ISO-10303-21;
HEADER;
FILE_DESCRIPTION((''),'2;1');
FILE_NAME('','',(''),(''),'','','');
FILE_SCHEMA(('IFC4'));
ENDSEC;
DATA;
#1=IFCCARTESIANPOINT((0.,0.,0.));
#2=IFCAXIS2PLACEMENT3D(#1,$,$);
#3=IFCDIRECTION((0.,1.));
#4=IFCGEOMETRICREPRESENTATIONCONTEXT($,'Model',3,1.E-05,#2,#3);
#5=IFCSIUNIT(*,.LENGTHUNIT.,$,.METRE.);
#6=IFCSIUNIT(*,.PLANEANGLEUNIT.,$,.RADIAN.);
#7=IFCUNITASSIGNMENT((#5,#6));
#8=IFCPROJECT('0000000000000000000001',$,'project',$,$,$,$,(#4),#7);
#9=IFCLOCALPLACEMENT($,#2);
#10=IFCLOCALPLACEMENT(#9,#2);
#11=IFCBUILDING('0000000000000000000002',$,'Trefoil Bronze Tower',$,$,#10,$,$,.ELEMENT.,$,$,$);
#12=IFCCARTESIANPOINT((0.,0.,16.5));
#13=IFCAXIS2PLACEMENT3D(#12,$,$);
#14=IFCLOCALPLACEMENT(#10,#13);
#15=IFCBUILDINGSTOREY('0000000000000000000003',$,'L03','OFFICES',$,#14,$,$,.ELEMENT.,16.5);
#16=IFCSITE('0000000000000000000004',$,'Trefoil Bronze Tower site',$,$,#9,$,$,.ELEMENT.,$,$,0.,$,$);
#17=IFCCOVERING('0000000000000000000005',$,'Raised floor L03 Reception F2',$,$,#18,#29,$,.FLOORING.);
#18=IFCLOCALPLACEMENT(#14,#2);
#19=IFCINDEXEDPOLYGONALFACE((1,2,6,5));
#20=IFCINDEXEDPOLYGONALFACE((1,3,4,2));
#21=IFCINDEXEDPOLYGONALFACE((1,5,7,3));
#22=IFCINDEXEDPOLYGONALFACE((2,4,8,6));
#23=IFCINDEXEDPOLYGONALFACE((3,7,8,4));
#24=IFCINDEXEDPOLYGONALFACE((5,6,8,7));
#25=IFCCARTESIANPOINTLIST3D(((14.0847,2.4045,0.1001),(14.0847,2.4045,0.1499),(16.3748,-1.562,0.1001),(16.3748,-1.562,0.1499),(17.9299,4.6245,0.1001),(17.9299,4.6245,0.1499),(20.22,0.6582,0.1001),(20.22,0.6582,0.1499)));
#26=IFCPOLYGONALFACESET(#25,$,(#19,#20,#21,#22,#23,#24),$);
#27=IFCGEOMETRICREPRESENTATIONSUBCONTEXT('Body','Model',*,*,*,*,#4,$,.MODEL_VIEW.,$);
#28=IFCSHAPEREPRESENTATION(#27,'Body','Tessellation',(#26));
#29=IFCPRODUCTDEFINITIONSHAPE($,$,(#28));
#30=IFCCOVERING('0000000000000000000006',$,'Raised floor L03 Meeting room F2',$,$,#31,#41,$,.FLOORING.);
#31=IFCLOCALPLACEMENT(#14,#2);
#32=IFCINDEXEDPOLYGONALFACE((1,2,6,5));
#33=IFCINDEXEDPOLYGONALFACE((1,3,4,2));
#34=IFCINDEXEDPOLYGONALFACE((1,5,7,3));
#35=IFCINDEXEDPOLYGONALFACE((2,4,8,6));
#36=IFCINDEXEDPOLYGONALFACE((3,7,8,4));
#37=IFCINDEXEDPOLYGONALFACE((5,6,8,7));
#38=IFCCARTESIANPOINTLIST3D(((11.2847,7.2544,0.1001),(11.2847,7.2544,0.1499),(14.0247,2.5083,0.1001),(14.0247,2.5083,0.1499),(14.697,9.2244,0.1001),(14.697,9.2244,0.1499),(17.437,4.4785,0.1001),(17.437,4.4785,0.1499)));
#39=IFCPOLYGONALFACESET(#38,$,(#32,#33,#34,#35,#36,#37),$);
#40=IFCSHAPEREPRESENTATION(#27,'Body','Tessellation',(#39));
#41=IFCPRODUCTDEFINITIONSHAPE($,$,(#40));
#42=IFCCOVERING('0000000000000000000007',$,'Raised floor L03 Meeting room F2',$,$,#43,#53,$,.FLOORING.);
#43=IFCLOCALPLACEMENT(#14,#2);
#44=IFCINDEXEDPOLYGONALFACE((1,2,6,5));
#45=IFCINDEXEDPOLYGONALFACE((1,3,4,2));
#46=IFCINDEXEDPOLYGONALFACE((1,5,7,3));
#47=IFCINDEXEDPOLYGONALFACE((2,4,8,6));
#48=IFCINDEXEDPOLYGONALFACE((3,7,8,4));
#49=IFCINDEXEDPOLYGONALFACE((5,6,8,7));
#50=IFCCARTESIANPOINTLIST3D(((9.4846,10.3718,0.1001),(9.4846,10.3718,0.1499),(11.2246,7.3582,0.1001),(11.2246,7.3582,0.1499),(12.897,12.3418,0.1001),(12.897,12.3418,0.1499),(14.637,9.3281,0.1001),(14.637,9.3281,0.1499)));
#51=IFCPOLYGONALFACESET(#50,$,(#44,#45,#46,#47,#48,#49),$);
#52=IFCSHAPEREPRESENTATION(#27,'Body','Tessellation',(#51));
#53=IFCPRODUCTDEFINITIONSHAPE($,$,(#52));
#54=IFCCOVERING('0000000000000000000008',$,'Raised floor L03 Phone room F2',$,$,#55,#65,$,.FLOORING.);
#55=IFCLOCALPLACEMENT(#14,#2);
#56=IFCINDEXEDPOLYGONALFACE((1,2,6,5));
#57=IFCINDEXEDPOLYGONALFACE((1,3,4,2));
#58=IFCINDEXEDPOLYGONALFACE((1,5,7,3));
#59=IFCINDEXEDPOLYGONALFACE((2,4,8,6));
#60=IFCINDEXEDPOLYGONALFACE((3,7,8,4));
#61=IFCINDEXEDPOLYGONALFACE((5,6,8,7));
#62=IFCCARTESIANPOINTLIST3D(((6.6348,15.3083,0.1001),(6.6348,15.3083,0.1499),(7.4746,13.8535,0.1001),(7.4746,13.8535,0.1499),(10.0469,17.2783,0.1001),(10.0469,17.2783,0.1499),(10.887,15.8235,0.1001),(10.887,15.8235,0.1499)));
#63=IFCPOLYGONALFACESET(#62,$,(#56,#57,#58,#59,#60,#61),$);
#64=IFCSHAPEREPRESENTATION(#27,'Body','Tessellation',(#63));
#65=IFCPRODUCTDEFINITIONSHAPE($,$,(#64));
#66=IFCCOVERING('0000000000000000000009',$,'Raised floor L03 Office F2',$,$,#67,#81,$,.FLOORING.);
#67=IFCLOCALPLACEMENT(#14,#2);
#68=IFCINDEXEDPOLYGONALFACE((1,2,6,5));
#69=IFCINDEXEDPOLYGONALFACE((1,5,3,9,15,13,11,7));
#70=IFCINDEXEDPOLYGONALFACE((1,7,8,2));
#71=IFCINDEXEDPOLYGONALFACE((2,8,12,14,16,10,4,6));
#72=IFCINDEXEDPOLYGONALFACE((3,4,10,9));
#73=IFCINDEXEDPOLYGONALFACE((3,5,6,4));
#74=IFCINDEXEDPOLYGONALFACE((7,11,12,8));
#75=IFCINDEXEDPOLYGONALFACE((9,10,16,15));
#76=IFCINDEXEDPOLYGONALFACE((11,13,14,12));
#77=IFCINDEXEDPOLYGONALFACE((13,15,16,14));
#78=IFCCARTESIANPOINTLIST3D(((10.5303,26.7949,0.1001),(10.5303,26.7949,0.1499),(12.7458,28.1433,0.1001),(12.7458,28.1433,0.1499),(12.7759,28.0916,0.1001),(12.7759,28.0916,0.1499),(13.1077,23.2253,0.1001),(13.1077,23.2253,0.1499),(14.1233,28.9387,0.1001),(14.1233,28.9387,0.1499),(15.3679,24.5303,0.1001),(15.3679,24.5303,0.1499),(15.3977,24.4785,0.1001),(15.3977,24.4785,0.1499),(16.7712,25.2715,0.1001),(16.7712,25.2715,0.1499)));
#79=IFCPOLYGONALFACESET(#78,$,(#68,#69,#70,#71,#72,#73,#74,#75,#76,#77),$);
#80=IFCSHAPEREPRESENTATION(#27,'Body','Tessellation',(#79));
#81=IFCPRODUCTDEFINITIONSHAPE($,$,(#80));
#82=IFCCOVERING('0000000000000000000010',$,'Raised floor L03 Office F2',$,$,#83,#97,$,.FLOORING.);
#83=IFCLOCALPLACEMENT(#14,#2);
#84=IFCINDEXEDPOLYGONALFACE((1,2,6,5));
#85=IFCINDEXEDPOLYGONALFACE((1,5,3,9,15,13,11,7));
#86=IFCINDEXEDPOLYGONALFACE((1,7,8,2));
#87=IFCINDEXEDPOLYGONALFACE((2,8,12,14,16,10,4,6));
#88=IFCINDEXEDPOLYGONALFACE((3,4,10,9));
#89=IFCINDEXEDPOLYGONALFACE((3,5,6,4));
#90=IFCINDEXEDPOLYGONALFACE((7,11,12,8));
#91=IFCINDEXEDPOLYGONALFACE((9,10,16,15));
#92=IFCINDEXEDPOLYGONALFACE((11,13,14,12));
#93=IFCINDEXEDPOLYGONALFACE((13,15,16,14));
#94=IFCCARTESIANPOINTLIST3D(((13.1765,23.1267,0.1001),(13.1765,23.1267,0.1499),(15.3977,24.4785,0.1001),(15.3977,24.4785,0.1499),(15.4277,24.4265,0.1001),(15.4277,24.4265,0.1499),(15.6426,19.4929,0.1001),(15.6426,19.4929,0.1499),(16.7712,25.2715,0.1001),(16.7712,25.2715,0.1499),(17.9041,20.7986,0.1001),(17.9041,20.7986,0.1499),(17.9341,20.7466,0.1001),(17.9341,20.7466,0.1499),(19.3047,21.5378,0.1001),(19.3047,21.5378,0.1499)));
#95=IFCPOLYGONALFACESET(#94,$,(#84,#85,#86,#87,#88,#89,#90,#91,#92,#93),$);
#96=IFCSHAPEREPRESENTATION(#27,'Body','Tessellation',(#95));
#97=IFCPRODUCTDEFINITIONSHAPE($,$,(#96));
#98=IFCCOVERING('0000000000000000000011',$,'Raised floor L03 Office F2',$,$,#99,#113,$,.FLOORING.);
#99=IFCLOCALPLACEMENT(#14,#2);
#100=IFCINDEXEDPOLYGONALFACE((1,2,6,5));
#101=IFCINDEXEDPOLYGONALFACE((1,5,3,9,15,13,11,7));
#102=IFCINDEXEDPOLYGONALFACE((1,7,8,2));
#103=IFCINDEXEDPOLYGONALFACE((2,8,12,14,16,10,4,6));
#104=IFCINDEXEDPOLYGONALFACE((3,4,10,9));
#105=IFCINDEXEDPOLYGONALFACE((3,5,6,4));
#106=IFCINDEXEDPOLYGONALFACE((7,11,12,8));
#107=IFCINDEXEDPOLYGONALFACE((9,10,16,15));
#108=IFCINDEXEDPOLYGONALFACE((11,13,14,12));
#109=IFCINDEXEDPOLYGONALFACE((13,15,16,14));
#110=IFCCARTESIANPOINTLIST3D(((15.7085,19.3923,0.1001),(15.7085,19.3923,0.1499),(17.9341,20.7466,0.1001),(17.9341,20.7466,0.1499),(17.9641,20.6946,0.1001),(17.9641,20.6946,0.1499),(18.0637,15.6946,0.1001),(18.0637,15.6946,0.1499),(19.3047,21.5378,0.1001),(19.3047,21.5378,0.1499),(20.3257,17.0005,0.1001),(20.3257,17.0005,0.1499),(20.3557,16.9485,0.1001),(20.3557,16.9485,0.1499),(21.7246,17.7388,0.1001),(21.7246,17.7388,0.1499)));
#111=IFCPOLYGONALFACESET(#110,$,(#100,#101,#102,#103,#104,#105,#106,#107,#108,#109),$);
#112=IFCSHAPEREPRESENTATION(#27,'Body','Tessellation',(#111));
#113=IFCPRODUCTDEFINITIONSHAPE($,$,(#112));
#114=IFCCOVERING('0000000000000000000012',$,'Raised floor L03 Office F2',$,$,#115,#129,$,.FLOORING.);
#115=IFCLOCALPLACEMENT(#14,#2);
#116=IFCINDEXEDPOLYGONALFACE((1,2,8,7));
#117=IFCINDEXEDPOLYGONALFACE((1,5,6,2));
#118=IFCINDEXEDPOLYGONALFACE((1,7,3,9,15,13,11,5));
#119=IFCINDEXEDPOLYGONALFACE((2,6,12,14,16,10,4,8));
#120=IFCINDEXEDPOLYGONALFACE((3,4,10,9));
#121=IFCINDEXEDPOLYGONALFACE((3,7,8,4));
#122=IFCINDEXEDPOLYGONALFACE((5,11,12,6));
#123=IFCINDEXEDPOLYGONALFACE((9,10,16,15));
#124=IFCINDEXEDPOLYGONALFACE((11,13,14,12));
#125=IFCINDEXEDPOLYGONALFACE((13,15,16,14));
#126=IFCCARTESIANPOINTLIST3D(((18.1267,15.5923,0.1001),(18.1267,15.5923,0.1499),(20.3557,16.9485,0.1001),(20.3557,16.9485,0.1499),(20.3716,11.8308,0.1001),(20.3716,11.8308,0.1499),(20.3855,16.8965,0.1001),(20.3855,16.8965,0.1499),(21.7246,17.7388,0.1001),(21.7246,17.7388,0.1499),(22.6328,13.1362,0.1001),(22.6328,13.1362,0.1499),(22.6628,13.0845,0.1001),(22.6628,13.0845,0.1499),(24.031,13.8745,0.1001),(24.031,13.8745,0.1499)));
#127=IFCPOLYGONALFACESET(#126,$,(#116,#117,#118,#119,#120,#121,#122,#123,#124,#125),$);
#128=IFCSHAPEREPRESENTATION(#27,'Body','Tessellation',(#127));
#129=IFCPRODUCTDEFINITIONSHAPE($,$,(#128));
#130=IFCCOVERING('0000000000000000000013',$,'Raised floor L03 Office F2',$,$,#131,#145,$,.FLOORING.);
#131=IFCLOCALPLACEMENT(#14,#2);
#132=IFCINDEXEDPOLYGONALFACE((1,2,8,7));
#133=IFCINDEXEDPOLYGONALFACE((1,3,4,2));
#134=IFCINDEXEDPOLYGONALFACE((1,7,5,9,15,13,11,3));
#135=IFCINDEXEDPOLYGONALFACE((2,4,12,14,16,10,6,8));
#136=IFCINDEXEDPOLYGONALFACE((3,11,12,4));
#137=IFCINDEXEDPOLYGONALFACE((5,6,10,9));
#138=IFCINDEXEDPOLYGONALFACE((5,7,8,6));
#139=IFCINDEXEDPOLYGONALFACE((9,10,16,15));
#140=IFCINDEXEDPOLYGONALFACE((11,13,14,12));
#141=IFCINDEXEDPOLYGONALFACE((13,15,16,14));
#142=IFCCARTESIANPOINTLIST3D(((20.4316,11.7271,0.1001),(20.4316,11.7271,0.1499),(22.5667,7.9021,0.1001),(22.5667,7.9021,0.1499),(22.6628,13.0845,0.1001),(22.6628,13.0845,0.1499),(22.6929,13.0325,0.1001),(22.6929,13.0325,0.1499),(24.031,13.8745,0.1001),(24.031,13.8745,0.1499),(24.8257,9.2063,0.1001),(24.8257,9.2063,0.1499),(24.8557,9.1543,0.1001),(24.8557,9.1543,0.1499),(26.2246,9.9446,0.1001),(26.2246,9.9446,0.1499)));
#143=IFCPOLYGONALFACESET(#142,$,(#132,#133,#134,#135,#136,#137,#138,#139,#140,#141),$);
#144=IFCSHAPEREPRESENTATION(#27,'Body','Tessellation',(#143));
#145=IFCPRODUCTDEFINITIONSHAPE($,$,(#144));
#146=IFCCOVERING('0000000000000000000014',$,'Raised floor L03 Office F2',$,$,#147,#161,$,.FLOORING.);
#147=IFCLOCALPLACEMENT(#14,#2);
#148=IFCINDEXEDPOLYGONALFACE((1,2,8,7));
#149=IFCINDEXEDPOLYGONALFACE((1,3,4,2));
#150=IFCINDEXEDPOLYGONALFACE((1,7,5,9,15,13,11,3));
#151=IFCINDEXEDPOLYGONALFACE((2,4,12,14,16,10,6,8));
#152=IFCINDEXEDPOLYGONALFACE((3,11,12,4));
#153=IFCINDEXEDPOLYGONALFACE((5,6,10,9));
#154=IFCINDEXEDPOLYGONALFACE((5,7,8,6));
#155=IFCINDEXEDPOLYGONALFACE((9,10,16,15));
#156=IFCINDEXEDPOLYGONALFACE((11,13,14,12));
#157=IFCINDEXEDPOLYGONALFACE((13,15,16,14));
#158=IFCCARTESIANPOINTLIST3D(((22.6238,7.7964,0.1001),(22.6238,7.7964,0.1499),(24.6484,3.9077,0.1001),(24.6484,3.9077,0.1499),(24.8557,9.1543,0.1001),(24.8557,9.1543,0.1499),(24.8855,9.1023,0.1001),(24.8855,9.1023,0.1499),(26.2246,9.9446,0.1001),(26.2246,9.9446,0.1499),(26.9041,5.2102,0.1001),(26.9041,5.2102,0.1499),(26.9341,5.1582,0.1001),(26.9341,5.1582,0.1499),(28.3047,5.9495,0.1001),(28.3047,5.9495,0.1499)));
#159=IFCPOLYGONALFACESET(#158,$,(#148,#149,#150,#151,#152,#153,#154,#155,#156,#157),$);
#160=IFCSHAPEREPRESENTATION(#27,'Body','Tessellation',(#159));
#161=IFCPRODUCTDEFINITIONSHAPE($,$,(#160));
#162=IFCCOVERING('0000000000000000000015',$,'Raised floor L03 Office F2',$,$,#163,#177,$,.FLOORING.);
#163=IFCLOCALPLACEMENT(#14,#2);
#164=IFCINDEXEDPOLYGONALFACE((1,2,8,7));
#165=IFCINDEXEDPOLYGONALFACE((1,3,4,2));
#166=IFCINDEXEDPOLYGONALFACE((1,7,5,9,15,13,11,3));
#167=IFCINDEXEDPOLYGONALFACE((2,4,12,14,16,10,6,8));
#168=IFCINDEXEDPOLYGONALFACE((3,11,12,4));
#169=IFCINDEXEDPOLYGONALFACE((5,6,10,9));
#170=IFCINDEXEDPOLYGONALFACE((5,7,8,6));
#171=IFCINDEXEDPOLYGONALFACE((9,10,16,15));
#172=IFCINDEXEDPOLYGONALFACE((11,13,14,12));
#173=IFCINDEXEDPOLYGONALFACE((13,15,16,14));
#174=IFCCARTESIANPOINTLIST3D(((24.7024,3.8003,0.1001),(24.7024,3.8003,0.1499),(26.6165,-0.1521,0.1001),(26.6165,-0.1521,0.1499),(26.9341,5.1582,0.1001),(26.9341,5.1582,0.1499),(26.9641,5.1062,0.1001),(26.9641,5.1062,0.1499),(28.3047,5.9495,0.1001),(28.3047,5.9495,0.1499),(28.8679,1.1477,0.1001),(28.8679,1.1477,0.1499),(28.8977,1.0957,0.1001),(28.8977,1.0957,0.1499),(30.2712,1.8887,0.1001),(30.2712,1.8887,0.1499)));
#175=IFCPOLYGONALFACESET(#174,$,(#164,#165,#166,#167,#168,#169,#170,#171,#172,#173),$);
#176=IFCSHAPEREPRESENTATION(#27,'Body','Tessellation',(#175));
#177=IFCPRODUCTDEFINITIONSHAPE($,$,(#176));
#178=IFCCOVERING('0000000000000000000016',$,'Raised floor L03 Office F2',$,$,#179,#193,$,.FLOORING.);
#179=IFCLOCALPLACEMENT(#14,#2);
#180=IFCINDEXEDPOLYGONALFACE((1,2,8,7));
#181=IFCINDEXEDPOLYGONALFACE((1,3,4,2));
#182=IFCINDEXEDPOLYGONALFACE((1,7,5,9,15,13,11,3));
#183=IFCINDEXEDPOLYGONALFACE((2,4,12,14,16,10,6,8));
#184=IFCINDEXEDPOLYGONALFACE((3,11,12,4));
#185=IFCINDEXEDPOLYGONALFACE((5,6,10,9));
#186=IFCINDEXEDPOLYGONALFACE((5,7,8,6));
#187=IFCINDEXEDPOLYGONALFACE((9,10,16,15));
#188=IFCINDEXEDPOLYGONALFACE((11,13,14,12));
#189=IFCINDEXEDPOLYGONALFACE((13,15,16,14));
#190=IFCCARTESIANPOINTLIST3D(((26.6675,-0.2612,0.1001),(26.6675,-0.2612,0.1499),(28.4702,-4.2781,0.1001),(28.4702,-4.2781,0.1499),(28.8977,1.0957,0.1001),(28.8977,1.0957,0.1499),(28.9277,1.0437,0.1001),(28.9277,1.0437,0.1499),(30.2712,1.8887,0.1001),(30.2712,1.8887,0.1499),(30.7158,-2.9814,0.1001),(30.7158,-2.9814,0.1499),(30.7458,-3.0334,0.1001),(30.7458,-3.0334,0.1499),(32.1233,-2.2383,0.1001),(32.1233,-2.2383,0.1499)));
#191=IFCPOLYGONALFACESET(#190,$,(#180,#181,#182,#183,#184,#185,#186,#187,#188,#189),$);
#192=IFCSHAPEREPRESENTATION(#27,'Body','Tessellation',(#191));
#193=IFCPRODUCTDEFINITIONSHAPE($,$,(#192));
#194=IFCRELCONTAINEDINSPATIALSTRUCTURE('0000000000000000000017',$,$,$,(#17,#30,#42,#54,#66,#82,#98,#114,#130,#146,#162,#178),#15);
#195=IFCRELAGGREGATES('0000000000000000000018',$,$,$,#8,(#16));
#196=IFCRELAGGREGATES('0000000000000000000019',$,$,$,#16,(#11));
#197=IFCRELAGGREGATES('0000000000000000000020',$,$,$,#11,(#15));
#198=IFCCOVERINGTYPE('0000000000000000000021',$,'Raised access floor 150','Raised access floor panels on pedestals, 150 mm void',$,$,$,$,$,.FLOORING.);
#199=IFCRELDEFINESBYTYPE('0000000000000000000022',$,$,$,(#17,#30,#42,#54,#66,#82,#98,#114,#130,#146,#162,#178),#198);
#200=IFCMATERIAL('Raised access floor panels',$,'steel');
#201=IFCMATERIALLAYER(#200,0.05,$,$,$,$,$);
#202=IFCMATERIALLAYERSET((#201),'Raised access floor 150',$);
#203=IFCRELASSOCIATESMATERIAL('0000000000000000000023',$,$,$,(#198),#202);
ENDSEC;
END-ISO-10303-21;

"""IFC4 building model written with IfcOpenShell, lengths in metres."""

from ifc_helpers import new_model, si_unit, direction, frame, origin, place, context, subcontext, project, spatial, polyline, outline, extrude, material, layer, layer_set, type_object, element, save


model = new_model("IFC4")

# Units and contexts
model_context = context("Model", 3, precision=1e-05, world=origin(), true_north=direction((0.0, 1.0)))
body_context = subcontext(model_context, "Body", "Model", "MODEL_VIEW")
ifc_project = project(units=[si_unit("LENGTHUNIT", "METRE"), si_unit("PLANEANGLEUNIT", "RADIAN")], contexts=[model_context])

# Site, building, storey
site_placement = place(None, origin())
site = spatial("IfcSite", under=ifc_project, at=site_placement, Name="Trefoil Bronze Tower site", CompositionType="ELEMENT", RefElevation=0.0)
building_placement = place(site_placement, origin())
building = spatial("IfcBuilding", under=site, at=building_placement, Name="Trefoil Bronze Tower", CompositionType="ELEMENT")
storey_placement = place(building_placement, frame((0.0, 0.0, 16.5)))
storey = spatial("IfcBuildingStorey", under=building, at=storey_placement, Name="L03", Description="OFFICES", CompositionType="ELEMENT", Elevation=16.5)

# Coverings
ifc_material_1 = material(Name="Raised access floor panels", Category="steel")
ifc_layer_1 = layer(ifc_material_1, 0.05)
ifc_layer_set_1 = layer_set([ifc_layer_1], Name="Raised access floor 150")
covering_type_1 = type_object("IfcCoveringType", Name="Raised access floor 150", Description="Raised access floor panels on pedestals, 150 mm void", PredefinedType="FLOORING", material=ifc_layer_set_1)
covering_1_placement = place(storey_placement, frame((0.0, 0.0, 0.1001)))
element("IfcCovering", 1, at=covering_1_placement, inside=storey, type_object=covering_type_1, Name="Raised floor L03 Reception F2", PredefinedType="FLOORING", context=body_context, shape_type="SweptSolid", body=[
    extrude(outline(polyline([(14.0847, 2.4045), (17.9299, 4.6245), (20.22, 0.6582), (16.3748, -1.562), (14.0847, 2.4045)])), origin(), (0.0, 0.0, 1.0), 0.0498),
])
covering_2_placement = place(storey_placement, frame((0.0, 0.0, 0.1001)))
element("IfcCovering", 2, at=covering_2_placement, inside=storey, type_object=covering_type_1, Name="Raised floor L03 Meeting room F2", PredefinedType="FLOORING", context=body_context, shape_type="SweptSolid", body=[
    extrude(outline(polyline([(11.2847, 7.2544), (14.697, 9.2244), (17.437, 4.4785), (14.0247, 2.5083), (11.2847, 7.2544)])), origin(), (0.0, 0.0, 1.0), 0.0498),
])
covering_3_placement = place(storey_placement, frame((0.0, 0.0, 0.1001)))
element("IfcCovering", 3, at=covering_3_placement, inside=storey, type_object=covering_type_1, Name="Raised floor L03 Meeting room F2", PredefinedType="FLOORING", context=body_context, shape_type="SweptSolid", body=[
    extrude(outline(polyline([(9.4846, 10.3718), (12.897, 12.3418), (14.637, 9.3281), (11.2246, 7.3582), (9.4846, 10.3718)])), origin(), (0.0, 0.0, 1.0), 0.0498),
])
covering_4_placement = place(storey_placement, frame((0.0, 0.0, 0.1001)))
element("IfcCovering", 4, at=covering_4_placement, inside=storey, type_object=covering_type_1, Name="Raised floor L03 Phone room F2", PredefinedType="FLOORING", context=body_context, shape_type="SweptSolid", body=[
    extrude(outline(polyline([(6.6348, 15.3083), (10.0469, 17.2783), (10.887, 15.8235), (7.4746, 13.8535), (6.6348, 15.3083)])), origin(), (0.0, 0.0, 1.0), 0.0498),
])
covering_5_placement = place(storey_placement, frame((0.0, 0.0, 0.1001)))
element("IfcCovering", 5, at=covering_5_placement, inside=storey, type_object=covering_type_1, Name="Raised floor L03 Office F2", PredefinedType="FLOORING", context=body_context, shape_type="SweptSolid", body=[
    extrude(outline(polyline([(16.7712, 25.2715), (15.3977, 24.4785), (15.3679, 24.5303), (13.1077, 23.2253), (10.5303, 26.7949), (12.7759, 28.0916), (12.7458, 28.1433), (14.1233, 28.9387), (16.7712, 25.2715)])), origin(), (0.0, 0.0, 1.0), 0.0498),
])
covering_6_placement = place(storey_placement, frame((0.0, 0.0, 0.1001)))
element("IfcCovering", 6, at=covering_6_placement, inside=storey, type_object=covering_type_1, Name="Raised floor L03 Office F2", PredefinedType="FLOORING", context=body_context, shape_type="SweptSolid", body=[
    extrude(outline(polyline([(16.7712, 25.2715), (19.3047, 21.5378), (17.9341, 20.7466), (17.9041, 20.7986), (15.6426, 19.4929), (13.1765, 23.1267), (15.4277, 24.4265), (15.3977, 24.4785), (16.7712, 25.2715)])), origin(), (0.0, 0.0, 1.0), 0.0498),
])
covering_7_placement = place(storey_placement, frame((0.0, 0.0, 0.1001)))
element("IfcCovering", 7, at=covering_7_placement, inside=storey, type_object=covering_type_1, Name="Raised floor L03 Office F2", PredefinedType="FLOORING", context=body_context, shape_type="SweptSolid", body=[
    extrude(outline(polyline([(21.7246, 17.7388), (20.3557, 16.9485), (20.3257, 17.0005), (18.0637, 15.6946), (15.7085, 19.3923), (17.9641, 20.6946), (17.9341, 20.7466), (19.3047, 21.5378), (21.7246, 17.7388)])), origin(), (0.0, 0.0, 1.0), 0.0498),
])
covering_8_placement = place(storey_placement, frame((0.0, 0.0, 0.1001)))
element("IfcCovering", 8, at=covering_8_placement, inside=storey, type_object=covering_type_1, Name="Raised floor L03 Office F2", PredefinedType="FLOORING", context=body_context, shape_type="SweptSolid", body=[
    extrude(outline(polyline([(21.7246, 17.7388), (24.031, 13.8745), (22.6628, 13.0845), (22.6328, 13.1362), (20.3716, 11.8308), (18.1267, 15.5923), (20.3855, 16.8965), (20.3557, 16.9485), (21.7246, 17.7388)])), origin(), (0.0, 0.0, 1.0), 0.0498),
])
covering_9_placement = place(storey_placement, frame((0.0, 0.0, 0.1001)))
element("IfcCovering", 9, at=covering_9_placement, inside=storey, type_object=covering_type_1, Name="Raised floor L03 Office F2", PredefinedType="FLOORING", context=body_context, shape_type="SweptSolid", body=[
    extrude(outline(polyline([(24.031, 13.8745), (26.2246, 9.9446), (24.8557, 9.1543), (24.8257, 9.2063), (22.5667, 7.9021), (20.4316, 11.7271), (22.6929, 13.0325), (22.6628, 13.0845), (24.031, 13.8745)])), origin(), (0.0, 0.0, 1.0), 0.0498),
])
covering_10_placement = place(storey_placement, frame((0.0, 0.0, 0.1001)))
element("IfcCovering", 10, at=covering_10_placement, inside=storey, type_object=covering_type_1, Name="Raised floor L03 Office F2", PredefinedType="FLOORING", context=body_context, shape_type="SweptSolid", body=[
    extrude(outline(polyline([(26.2246, 9.9446), (28.3047, 5.9495), (26.9341, 5.1582), (26.9041, 5.2102), (24.6484, 3.9077), (22.6238, 7.7964), (24.8855, 9.1023), (24.8557, 9.1543), (26.2246, 9.9446)])), origin(), (0.0, 0.0, 1.0), 0.0498),
])
covering_11_placement = place(storey_placement, frame((0.0, 0.0, 0.1001)))
element("IfcCovering", 11, at=covering_11_placement, inside=storey, type_object=covering_type_1, Name="Raised floor L03 Office F2", PredefinedType="FLOORING", context=body_context, shape_type="SweptSolid", body=[
    extrude(outline(polyline([(28.3047, 5.9495), (30.2712, 1.8887), (28.8977, 1.0957), (28.8679, 1.1477), (26.6165, -0.1521), (24.7024, 3.8003), (26.9641, 5.1062), (26.9341, 5.1582), (28.3047, 5.9495)])), origin(), (0.0, 0.0, 1.0), 0.0498),
])
covering_12_placement = place(storey_placement, frame((0.0, 0.0, 0.1001)))
element("IfcCovering", 12, at=covering_12_placement, inside=storey, type_object=covering_type_1, Name="Raised floor L03 Office F2", PredefinedType="FLOORING", context=body_context, shape_type="SweptSolid", body=[
    extrude(outline(polyline([(32.1233, -2.2383), (30.7458, -3.0334), (30.7158, -2.9814), (28.4702, -4.2781), (26.6675, -0.2612), (28.9277, 1.0437), (28.8977, 1.0957), (30.2712, 1.8887), (32.1233, -2.2383)])), origin(), (0.0, 0.0, 1.0), 0.0498),
])

save(model, "model.ifc")
